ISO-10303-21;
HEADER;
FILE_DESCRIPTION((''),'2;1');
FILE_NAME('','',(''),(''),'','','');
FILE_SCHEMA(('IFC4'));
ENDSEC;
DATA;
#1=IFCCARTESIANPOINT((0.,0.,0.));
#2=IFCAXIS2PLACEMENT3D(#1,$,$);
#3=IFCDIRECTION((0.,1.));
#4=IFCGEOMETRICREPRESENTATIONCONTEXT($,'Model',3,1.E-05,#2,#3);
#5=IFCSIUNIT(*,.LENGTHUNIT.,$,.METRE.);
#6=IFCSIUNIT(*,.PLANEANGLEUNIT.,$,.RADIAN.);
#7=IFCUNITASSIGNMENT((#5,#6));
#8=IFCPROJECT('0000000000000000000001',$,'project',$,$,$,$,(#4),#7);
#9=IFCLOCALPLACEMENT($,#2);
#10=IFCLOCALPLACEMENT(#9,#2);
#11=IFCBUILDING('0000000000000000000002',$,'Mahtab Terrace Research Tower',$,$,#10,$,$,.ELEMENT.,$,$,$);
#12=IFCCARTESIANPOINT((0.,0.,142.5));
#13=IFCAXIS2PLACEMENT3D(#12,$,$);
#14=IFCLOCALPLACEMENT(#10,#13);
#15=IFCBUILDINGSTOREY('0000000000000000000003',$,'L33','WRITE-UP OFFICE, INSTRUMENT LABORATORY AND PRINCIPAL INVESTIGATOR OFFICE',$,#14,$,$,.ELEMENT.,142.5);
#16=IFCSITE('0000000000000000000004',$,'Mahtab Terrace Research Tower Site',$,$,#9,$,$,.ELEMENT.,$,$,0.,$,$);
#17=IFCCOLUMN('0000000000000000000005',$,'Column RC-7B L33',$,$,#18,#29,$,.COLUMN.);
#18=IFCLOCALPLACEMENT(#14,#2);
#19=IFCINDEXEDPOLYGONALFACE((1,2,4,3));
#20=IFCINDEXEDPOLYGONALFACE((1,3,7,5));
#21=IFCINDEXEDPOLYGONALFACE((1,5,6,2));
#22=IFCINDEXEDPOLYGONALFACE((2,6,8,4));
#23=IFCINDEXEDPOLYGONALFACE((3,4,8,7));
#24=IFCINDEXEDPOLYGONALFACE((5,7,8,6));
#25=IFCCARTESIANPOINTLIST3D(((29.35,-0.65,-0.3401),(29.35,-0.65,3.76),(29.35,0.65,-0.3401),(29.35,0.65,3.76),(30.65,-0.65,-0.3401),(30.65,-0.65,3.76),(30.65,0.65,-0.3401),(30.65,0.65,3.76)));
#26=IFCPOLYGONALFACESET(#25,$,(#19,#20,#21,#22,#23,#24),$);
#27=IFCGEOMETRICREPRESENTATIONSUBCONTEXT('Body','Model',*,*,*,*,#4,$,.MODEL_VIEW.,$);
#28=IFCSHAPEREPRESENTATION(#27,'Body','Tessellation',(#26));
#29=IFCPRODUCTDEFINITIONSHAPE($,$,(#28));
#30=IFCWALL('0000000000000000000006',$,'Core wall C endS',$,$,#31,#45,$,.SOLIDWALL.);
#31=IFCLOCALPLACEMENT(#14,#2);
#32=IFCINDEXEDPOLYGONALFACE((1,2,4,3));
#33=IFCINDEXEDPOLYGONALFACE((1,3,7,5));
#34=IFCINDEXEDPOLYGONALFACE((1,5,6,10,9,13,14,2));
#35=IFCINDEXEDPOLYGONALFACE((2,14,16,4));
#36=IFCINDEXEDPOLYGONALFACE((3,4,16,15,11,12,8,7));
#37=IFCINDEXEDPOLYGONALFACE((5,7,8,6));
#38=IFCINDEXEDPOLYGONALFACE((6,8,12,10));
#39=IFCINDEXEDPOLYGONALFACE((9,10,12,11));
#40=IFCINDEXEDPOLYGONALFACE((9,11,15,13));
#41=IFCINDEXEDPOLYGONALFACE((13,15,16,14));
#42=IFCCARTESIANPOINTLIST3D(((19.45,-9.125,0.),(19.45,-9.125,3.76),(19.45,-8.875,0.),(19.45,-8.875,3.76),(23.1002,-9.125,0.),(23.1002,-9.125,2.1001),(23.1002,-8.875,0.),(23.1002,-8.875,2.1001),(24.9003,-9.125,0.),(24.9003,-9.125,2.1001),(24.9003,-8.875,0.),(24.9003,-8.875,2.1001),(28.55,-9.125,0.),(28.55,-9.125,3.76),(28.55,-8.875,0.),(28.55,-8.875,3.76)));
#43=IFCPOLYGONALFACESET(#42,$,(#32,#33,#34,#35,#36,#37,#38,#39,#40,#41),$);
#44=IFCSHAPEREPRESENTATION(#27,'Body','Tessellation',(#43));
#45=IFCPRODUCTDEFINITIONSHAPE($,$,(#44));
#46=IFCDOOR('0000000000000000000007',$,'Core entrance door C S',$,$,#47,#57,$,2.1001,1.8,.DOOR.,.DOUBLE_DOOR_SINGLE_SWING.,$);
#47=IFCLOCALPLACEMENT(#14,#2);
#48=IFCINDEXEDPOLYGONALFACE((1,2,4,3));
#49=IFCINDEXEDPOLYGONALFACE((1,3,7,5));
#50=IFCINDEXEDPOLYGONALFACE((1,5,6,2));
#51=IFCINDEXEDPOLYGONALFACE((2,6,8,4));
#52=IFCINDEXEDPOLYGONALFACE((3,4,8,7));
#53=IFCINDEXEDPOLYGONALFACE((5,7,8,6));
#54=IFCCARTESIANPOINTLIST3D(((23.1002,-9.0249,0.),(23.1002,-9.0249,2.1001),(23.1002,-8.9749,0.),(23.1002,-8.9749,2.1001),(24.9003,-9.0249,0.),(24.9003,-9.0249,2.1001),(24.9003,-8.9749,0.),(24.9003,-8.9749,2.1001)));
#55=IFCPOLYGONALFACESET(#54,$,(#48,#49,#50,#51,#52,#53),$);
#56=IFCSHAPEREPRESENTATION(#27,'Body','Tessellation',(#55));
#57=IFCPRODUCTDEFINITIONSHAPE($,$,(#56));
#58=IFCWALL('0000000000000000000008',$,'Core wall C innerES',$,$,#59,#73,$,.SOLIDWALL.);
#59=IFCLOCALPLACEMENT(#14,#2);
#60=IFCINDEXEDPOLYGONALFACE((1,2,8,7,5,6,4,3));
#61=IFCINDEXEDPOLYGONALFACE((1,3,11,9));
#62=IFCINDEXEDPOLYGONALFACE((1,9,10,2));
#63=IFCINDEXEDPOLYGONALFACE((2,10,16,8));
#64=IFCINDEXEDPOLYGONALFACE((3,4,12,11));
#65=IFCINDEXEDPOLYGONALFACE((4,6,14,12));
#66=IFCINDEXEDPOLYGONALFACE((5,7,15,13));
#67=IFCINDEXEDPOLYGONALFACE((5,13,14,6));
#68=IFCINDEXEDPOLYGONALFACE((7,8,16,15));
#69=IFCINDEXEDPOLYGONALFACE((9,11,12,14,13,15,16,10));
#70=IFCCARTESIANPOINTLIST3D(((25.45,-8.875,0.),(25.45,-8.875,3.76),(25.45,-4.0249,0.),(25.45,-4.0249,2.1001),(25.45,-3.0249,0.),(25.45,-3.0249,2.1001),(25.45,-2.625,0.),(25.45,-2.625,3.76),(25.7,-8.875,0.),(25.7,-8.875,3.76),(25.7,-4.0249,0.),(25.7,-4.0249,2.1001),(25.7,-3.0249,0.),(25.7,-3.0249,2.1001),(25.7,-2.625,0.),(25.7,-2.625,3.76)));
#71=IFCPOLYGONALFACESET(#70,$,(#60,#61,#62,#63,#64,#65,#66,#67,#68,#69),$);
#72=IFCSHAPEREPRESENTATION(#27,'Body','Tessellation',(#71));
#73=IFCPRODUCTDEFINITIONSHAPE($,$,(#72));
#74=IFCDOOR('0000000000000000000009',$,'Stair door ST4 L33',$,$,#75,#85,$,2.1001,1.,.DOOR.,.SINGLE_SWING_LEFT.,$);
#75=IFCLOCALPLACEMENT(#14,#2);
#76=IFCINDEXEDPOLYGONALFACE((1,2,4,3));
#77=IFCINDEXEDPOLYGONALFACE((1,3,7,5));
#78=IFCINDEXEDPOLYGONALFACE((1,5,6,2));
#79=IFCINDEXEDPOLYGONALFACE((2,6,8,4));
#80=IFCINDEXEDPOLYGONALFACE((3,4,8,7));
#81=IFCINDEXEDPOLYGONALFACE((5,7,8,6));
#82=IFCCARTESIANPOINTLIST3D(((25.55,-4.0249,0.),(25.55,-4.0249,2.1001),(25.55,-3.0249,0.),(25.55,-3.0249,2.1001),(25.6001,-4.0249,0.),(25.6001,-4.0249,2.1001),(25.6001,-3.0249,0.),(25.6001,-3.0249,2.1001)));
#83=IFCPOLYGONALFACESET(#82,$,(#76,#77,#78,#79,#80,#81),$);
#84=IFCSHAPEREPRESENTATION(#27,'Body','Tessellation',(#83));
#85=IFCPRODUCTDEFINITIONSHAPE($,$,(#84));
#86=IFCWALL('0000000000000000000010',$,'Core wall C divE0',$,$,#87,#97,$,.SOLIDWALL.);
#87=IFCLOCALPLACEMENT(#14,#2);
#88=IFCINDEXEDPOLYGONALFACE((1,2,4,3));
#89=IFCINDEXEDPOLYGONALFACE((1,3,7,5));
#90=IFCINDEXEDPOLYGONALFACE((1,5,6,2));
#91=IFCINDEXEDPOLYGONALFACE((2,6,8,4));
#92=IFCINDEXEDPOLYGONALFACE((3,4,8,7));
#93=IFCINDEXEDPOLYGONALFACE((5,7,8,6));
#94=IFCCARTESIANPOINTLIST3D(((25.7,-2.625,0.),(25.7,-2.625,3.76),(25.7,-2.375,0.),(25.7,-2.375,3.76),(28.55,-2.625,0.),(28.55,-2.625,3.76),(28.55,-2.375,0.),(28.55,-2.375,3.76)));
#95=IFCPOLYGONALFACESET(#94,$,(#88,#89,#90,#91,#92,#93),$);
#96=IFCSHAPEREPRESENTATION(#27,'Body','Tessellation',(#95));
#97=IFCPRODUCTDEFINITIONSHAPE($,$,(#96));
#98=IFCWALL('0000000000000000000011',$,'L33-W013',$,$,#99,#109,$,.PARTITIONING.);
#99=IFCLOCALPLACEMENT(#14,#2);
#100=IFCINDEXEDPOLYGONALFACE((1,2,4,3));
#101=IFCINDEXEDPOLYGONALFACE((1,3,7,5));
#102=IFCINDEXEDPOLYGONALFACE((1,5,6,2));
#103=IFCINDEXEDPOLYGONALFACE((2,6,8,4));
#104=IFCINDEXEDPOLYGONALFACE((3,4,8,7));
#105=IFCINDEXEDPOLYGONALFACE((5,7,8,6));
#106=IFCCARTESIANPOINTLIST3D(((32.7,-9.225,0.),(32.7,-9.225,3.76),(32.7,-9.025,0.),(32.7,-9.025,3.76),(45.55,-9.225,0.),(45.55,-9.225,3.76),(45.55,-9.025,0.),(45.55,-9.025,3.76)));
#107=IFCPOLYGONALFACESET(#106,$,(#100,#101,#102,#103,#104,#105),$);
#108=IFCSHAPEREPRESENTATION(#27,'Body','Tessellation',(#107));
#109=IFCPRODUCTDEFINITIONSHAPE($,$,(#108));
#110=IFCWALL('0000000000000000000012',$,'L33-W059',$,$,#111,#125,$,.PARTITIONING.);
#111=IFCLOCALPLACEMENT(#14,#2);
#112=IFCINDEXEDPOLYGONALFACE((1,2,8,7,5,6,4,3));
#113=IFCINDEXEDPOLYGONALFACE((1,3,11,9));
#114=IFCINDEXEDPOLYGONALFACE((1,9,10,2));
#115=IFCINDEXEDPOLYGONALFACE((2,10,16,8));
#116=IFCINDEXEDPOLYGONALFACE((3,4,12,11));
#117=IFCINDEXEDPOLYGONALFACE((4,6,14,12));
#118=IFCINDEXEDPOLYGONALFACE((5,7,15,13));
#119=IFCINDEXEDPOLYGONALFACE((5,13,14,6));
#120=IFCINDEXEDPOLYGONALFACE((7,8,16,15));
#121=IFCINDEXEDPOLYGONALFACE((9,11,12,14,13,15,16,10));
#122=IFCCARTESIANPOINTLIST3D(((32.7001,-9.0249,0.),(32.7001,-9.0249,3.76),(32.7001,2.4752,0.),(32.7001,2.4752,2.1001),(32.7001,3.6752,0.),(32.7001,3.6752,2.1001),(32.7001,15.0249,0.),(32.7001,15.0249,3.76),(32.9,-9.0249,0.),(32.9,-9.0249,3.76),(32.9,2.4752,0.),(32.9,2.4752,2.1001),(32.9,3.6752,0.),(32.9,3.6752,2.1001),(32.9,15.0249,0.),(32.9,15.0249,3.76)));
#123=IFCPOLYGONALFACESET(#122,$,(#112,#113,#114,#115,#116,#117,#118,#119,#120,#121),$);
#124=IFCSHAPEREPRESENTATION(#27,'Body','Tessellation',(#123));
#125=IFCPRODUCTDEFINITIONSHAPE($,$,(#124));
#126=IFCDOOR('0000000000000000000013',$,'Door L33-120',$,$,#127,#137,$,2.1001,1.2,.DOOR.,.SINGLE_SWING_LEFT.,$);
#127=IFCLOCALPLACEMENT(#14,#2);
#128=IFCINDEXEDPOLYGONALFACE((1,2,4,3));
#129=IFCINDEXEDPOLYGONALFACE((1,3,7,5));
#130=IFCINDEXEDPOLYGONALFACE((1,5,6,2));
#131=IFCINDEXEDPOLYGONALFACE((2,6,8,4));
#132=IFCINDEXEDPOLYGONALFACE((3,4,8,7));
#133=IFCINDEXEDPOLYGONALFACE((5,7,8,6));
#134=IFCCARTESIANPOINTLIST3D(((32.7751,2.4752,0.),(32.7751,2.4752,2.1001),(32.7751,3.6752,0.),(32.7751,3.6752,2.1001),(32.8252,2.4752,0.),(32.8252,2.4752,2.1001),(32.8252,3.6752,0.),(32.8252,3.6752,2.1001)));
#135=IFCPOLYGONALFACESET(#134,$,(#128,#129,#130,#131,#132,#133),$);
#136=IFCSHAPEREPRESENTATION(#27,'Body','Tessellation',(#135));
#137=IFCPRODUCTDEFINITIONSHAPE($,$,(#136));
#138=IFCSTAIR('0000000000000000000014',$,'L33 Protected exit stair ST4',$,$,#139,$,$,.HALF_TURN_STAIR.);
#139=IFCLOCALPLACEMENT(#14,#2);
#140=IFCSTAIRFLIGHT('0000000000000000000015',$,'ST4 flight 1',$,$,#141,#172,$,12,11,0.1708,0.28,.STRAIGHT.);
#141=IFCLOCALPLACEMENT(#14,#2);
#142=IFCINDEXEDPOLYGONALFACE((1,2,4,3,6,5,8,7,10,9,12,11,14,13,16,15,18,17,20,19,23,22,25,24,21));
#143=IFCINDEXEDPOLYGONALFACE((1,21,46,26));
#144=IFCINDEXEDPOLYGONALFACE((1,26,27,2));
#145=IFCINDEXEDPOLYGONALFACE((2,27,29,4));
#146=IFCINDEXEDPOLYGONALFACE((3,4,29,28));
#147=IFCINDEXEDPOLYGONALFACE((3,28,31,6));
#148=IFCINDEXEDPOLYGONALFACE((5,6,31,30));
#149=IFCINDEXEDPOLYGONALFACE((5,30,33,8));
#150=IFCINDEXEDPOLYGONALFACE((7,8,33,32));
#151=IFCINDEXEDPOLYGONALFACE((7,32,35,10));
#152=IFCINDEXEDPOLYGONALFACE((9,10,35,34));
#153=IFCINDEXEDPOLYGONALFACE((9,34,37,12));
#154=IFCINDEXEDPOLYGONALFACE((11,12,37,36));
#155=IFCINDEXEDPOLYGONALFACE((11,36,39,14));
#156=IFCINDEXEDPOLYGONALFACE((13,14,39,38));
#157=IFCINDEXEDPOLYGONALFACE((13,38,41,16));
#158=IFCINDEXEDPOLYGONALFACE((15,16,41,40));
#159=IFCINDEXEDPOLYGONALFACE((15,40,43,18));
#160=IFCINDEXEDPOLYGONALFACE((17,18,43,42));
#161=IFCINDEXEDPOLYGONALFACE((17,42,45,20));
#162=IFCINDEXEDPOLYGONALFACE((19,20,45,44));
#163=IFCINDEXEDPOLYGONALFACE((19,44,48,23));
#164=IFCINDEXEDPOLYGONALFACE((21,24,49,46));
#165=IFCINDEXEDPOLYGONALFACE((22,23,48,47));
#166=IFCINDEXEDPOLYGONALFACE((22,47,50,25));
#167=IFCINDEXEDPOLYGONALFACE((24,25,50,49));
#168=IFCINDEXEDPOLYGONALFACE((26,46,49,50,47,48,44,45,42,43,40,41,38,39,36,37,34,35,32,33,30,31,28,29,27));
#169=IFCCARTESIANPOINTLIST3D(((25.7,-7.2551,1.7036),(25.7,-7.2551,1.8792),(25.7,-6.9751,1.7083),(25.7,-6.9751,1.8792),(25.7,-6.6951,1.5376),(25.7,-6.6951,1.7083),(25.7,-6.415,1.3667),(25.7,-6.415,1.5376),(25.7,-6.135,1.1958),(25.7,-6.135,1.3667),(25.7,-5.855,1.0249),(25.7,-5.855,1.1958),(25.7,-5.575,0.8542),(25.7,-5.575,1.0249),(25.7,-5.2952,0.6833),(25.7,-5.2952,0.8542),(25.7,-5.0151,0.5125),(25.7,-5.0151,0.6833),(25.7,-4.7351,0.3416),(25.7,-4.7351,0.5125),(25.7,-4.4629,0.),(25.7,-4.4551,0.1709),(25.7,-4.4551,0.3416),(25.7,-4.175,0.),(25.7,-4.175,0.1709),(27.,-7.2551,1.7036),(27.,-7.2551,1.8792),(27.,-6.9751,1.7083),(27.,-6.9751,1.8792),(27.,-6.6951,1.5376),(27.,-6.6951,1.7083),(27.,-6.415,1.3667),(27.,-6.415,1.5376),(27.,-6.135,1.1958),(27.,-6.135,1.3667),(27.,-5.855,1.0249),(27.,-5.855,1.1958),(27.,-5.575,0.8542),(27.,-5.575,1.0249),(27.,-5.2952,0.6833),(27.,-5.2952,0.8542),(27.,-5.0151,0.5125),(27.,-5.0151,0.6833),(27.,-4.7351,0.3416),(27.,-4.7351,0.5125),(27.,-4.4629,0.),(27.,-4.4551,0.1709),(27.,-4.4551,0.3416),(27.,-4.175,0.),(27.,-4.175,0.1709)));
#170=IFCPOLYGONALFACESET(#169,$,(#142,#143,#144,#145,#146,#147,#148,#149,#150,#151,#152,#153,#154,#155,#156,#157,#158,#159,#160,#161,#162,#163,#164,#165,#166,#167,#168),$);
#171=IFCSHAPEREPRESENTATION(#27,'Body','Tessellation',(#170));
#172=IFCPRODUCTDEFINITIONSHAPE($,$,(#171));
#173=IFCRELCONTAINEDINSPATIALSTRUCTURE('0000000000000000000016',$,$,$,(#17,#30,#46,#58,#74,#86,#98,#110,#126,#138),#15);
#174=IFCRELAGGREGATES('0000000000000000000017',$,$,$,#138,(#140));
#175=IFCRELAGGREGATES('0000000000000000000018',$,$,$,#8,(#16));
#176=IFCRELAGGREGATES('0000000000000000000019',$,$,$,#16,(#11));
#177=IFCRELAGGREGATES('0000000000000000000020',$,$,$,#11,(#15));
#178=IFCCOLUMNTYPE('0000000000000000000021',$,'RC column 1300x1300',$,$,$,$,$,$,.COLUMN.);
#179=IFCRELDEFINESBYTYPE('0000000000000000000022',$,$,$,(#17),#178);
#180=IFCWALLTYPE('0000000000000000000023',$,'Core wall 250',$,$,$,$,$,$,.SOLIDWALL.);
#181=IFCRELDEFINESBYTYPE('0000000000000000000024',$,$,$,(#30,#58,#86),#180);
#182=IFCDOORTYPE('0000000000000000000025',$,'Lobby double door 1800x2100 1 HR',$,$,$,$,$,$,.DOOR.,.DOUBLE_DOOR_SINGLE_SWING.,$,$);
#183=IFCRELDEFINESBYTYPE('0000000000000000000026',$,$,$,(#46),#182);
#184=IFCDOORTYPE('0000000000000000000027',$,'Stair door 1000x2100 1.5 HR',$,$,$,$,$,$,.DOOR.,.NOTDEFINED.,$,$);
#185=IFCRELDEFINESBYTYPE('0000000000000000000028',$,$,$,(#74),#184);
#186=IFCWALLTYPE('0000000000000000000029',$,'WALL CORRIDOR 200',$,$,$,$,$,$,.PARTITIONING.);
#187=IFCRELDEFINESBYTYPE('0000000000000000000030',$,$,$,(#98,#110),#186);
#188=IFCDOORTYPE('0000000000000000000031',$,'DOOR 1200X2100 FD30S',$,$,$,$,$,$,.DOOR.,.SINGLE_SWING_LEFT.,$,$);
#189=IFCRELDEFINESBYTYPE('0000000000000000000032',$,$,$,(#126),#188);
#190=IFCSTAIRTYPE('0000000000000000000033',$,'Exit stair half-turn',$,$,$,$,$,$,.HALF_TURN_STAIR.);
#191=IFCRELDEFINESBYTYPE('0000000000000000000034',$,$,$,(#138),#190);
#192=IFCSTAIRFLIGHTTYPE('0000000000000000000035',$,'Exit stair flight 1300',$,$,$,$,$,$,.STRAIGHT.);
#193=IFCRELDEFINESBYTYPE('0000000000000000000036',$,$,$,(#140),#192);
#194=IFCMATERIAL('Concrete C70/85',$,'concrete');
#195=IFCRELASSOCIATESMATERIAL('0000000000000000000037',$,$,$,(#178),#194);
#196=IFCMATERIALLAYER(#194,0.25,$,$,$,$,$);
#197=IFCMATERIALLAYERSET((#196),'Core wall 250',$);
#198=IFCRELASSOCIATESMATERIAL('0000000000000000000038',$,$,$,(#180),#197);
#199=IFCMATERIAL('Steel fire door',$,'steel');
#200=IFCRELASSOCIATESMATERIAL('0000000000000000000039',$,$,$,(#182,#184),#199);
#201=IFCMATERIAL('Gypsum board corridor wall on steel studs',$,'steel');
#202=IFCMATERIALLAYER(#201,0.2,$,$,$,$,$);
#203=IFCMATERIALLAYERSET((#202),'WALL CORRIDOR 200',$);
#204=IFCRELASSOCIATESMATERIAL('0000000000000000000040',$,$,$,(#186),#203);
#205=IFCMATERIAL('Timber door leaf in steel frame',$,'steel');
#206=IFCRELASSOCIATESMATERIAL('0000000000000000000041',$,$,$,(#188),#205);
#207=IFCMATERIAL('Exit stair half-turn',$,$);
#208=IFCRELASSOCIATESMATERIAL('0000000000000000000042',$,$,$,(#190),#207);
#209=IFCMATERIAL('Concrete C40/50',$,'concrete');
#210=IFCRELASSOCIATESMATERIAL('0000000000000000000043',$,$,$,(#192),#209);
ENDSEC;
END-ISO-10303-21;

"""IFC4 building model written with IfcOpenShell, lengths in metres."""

from ifc_helpers import new_model, si_unit, direction, frame, frame_2d, origin, origin_2d, place, context, subcontext, project, spatial, polyline, rectangle, outline, extrude, material, layer, layer_set, material_profile, profile_set, type_object, element, fill, aggregate, save


model = new_model("IFC4")

# Units and contexts
model_context = context("Model", 3, precision=1e-05, world=origin(), true_north=direction((0.0, 1.0)))
body_context = subcontext(model_context, "Body", "Model", "MODEL_VIEW")
ifc_project = project(units=[si_unit("LENGTHUNIT", "METRE"), si_unit("PLANEANGLEUNIT", "RADIAN")], contexts=[model_context])

# Site, building, storey
site_placement = place(None, origin())
site = spatial("IfcSite", under=ifc_project, at=site_placement, Name="Mahtab Terrace Research Tower Site", CompositionType="ELEMENT", RefElevation=0.0)
building_placement = place(site_placement, origin())
building = spatial("IfcBuilding", under=site, at=building_placement, Name="Mahtab Terrace Research Tower", CompositionType="ELEMENT")
storey_placement = place(building_placement, frame((0.0, 0.0, 142.5)))
storey = spatial("IfcBuildingStorey", under=building, at=storey_placement, Name="L33", Description="WRITE-UP OFFICE, INSTRUMENT LABORATORY AND PRINCIPAL INVESTIGATOR OFFICE", CompositionType="ELEMENT", Elevation=142.5)

# Column
ifc_material_1 = material(Name="Concrete C70/85", Category="concrete")
ifc_material_profile = material_profile(ifc_material_1, rectangle(XDim=1.3, YDim=1.3, at=origin_2d()), Name="RC column 1300x1300")
ifc_profile_set = profile_set([ifc_material_profile], Name="Concrete C70/85")
column_type = type_object("IfcColumnType", Name="RC column 1300x1300", PredefinedType="COLUMN", material=ifc_profile_set)
column_placement = place(storey_placement, frame((30.0, 0.0, -0.3401), z_axis=(0.0, 0.0, 1.0), x_axis=(1.0, 0.0, 0.0)))
element("IfcColumn", 1, at=column_placement, inside=storey, type_object=column_type, Name="Column RC-7B L33", PredefinedType="COLUMN", context=body_context, shape_type="SweptSolid", body=[
    extrude(rectangle(XDim=1.3, YDim=1.3, at=origin_2d()), origin(), (0.0, 0.0, 1.0), 4.1001),
])

# Walls, openings, doors
ifc_layer_1 = layer(ifc_material_1, 0.25)
ifc_layer_set_1 = layer_set([ifc_layer_1], Name="Core wall 250")
wall_type_1 = type_object("IfcWallType", Name="Core wall 250", PredefinedType="SOLIDWALL", material=ifc_layer_set_1)
wall_1_placement = place(storey_placement, frame((28.55, -9.0, 0.0), z_axis=(0.0, 0.0, 1.0), x_axis=(-1.0, 0.0, 0.0)))
wall_1 = element("IfcWall", 2, at=wall_1_placement, inside=storey, type_object=wall_type_1, Name="Core wall C endS", PredefinedType="SOLIDWALL", context=body_context, shape_type="SweptSolid", body=[
    extrude(rectangle(XDim=9.1001, YDim=0.25, at=frame_2d((4.55, 0.0))), origin(), (0.0, 0.0, 1.0), 3.76),
])
opening_1_placement = place(wall_1_placement, frame((3.6499, 0.0, 0.0)))
opening_1 = element("IfcOpeningElement", 3, at=opening_1_placement, cuts=wall_1, PredefinedType="OPENING", context=body_context, shape_type="SweptSolid", body=[
    extrude(rectangle(XDim=1.8, YDim=2.1001, at=frame_2d((0.8999, 1.05))), frame((0.0, 0.135, 0.0), z_axis=(0.0, -1.0, 0.0), x_axis=(1.0, 0.0, 0.0)), (0.0, 0.0, 1.0), 0.27),
])
ifc_material_2 = material(Name="Steel fire door", Category="steel")
door_type_1 = type_object("IfcDoorType", Name="Lobby double door 1800x2100 1 HR", OperationType="DOUBLE_DOOR_SINGLE_SWING", PredefinedType="DOOR", material=ifc_material_2)
door_1_placement = place(opening_1_placement, origin())
door_1 = element("IfcDoor", 4, at=door_1_placement, inside=storey, type_object=door_type_1, Name="Core entrance door C S", OperationType="DOUBLE_DOOR_SINGLE_SWING", OverallHeight=2.1001, OverallWidth=1.8, PredefinedType="DOOR", context=body_context, shape_type="SweptSolid", body=[
    extrude(rectangle(XDim=1.8, YDim=2.1001, at=frame_2d((0.8999, 1.05))), frame((0.0, 0.0249, 0.0), z_axis=(0.0, -1.0, 0.0), x_axis=(1.0, 0.0, 0.0)), (0.0, 0.0, 1.0), 0.05),
])
fill(opening_1, door_1)
wall_2_placement = place(storey_placement, frame((25.575, -8.875, 0.0), z_axis=(0.0, 0.0, 1.0), x_axis=(0.0, 1.0, 0.0)))
wall_2 = element("IfcWall", 5, at=wall_2_placement, inside=storey, type_object=wall_type_1, Name="Core wall C innerES", PredefinedType="SOLIDWALL", context=body_context, shape_type="SweptSolid", body=[
    extrude(rectangle(XDim=6.25, YDim=0.25, at=frame_2d((3.125, 0.0))), origin(), (0.0, 0.0, 1.0), 3.76),
])
opening_2_placement = place(wall_2_placement, frame((4.8501, 0.0, 0.0)))
opening_2 = element("IfcOpeningElement", 6, at=opening_2_placement, cuts=wall_2, PredefinedType="OPENING", context=body_context, shape_type="SweptSolid", body=[
    extrude(rectangle(XDim=1.0, YDim=2.1001, at=frame_2d((0.5, 1.05))), frame((0.0, 0.135, 0.0), z_axis=(0.0, -1.0, 0.0), x_axis=(1.0, 0.0, 0.0)), (0.0, 0.0, 1.0), 0.27),
])
door_type_2 = type_object("IfcDoorType", Name="Stair door 1000x2100 1.5 HR", OperationType="NOTDEFINED", PredefinedType="DOOR", material=ifc_material_2)
door_2_placement = place(opening_2_placement, origin())
door_2 = element("IfcDoor", 7, at=door_2_placement, inside=storey, type_object=door_type_2, Name="Stair door ST4 L33", OperationType="SINGLE_SWING_LEFT", OverallHeight=2.1001, OverallWidth=1.0, PredefinedType="DOOR", context=body_context, shape_type="SweptSolid", body=[
    extrude(rectangle(XDim=1.0, YDim=2.1001, at=frame_2d((0.5, 1.05))), frame((0.0, 0.0249, 0.0), z_axis=(0.0, -1.0, 0.0), x_axis=(1.0, 0.0, 0.0)), (0.0, 0.0, 1.0), 0.05),
])
fill(opening_2, door_2)

# Walls
wall_3_placement = place(storey_placement, frame((25.7, -2.5, 0.0), z_axis=(0.0, 0.0, 1.0), x_axis=(1.0, 0.0, 0.0)))
element("IfcWall", 8, at=wall_3_placement, inside=storey, type_object=wall_type_1, Name="Core wall C divE0", PredefinedType="SOLIDWALL", context=body_context, shape_type="SweptSolid", body=[
    extrude(rectangle(XDim=2.8501, YDim=0.25, at=frame_2d((1.425, 0.0))), origin(), (0.0, 0.0, 1.0), 3.76),
])
ifc_material_3 = material(Name="Gypsum board corridor wall on steel studs", Category="steel")
ifc_layer_2 = layer(ifc_material_3, 0.2)
ifc_layer_set_2 = layer_set([ifc_layer_2], Name="WALL CORRIDOR 200")
wall_type_2 = type_object("IfcWallType", Name="WALL CORRIDOR 200", PredefinedType="PARTITIONING", material=ifc_layer_set_2)
wall_4_placement = place(storey_placement, frame((32.7, -9.125, 0.0), z_axis=(0.0, 0.0, 1.0), x_axis=(1.0, 0.0, 0.0)))
element("IfcWall", 9, at=wall_4_placement, inside=storey, type_object=wall_type_2, Name="L33-W013", PredefinedType="PARTITIONING", context=body_context, shape_type="SweptSolid", body=[
    extrude(rectangle(XDim=12.8501, YDim=0.2, at=frame_2d((6.425, 0.0))), origin(), (0.0, 0.0, 1.0), 3.76),
])

# Wall, opening, door
wall_5_placement = place(storey_placement, frame((32.8, -9.0249, 0.0), z_axis=(0.0, 0.0, 1.0), x_axis=(0.0, 1.0, 0.0)))
wall_5 = element("IfcWall", 10, at=wall_5_placement, inside=storey, type_object=wall_type_2, Name="L33-W059", PredefinedType="PARTITIONING", context=body_context, shape_type="SweptSolid", body=[
    extrude(rectangle(XDim=24.0498, YDim=0.2, at=frame_2d((12.0249, 0.0))), origin(), (0.0, 0.0, 1.0), 3.76),
])
opening_3_placement = place(wall_5_placement, frame((11.5, 0.0, 0.0)))
opening_3 = element("IfcOpeningElement", 11, at=opening_3_placement, cuts=wall_5, PredefinedType="OPENING", context=body_context, shape_type="SweptSolid", body=[
    extrude(rectangle(XDim=1.2, YDim=2.1001, at=frame_2d((0.6001, 1.05))), frame((0.0, 0.1099, 0.0), z_axis=(0.0, -1.0, 0.0), x_axis=(1.0, 0.0, 0.0)), (0.0, 0.0, 1.0), 0.22),
])
ifc_material_4 = material(Name="Timber door leaf in steel frame", Category="steel")
door_type_3 = type_object("IfcDoorType", Name="DOOR 1200X2100 FD30S", OperationType="SINGLE_SWING_LEFT", PredefinedType="DOOR", material=ifc_material_4)
door_3_placement = place(opening_3_placement, origin())
door_3 = element("IfcDoor", 12, at=door_3_placement, inside=storey, type_object=door_type_3, Name="Door L33-120", OperationType="SINGLE_SWING_LEFT", OverallHeight=2.1001, OverallWidth=1.2, PredefinedType="DOOR", context=body_context, shape_type="SweptSolid", body=[
    extrude(rectangle(XDim=1.2, YDim=2.1001, at=frame_2d((0.6001, 1.05))), frame((0.0, 0.0249, 0.0), z_axis=(0.0, -1.0, 0.0), x_axis=(1.0, 0.0, 0.0)), (0.0, 0.0, 1.0), 0.05),
])
fill(opening_3, door_3)

# Stair, stair flight
ifc_material_5 = material(Name="Exit stair half-turn")
stair_type = type_object("IfcStairType", Name="Exit stair half-turn", PredefinedType="HALF_TURN_STAIR", material=ifc_material_5)
stair_placement = place(storey_placement, origin())
stair = element("IfcStair", 13, at=stair_placement, inside=storey, type_object=stair_type, Name="L33 Protected exit stair ST4", PredefinedType="HALF_TURN_STAIR")
ifc_material_6 = material(Name="Concrete C40/50", Category="concrete")
stair_flight_type = type_object("IfcStairFlightType", Name="Exit stair flight 1300", PredefinedType="STRAIGHT", material=ifc_material_6)
stair_flight_1_placement = place(storey_placement, frame((26.3501, -4.175, 0.0), z_axis=(0.0, 0.0, 1.0), x_axis=(0.0, -1.0, 0.0)))
stair_flight_1 = element("IfcStairFlight", 14, at=stair_flight_1_placement, type_object=stair_flight_type, Name="ST4 flight 1", NumberOfRisers=12, NumberOfTreads=11, PredefinedType="STRAIGHT", RiserHeight=0.1708, TreadLength=0.28, context=body_context, shape_type="SweptSolid", body=[
    extrude(outline(polyline([(0.0, 0.0), (0.0, 0.1709), (0.28, 0.1709), (0.28, 0.3416), (0.5601, 0.3416), (0.5601, 0.5125), (0.8401, 0.5125), (0.8401, 0.6833), (1.1201, 0.6833), (1.1201, 0.8542), (1.3999, 0.8542), (1.3999, 1.0249), (1.6799, 1.0249), (1.6799, 1.1958), (1.96, 1.1958), (1.96, 1.3667), (2.24, 1.3667), (2.24, 1.5376), (2.52, 1.5376), (2.52, 1.7083), (2.8, 1.7083), (2.8, 1.8792), (3.0801, 1.8792), (3.0801, 2.05), (3.0801, 1.7036), (0.2878, 0.0), (0.0, 0.0)])), frame((0.0, 0.6499, 0.0), z_axis=(0.0, -1.0, 0.0), x_axis=(1.0, 0.0, 0.0)), (0.0, 0.0, 1.0), 1.3),
])
aggregate(stair, [stair_flight_1])

save(model, "model.ifc")
